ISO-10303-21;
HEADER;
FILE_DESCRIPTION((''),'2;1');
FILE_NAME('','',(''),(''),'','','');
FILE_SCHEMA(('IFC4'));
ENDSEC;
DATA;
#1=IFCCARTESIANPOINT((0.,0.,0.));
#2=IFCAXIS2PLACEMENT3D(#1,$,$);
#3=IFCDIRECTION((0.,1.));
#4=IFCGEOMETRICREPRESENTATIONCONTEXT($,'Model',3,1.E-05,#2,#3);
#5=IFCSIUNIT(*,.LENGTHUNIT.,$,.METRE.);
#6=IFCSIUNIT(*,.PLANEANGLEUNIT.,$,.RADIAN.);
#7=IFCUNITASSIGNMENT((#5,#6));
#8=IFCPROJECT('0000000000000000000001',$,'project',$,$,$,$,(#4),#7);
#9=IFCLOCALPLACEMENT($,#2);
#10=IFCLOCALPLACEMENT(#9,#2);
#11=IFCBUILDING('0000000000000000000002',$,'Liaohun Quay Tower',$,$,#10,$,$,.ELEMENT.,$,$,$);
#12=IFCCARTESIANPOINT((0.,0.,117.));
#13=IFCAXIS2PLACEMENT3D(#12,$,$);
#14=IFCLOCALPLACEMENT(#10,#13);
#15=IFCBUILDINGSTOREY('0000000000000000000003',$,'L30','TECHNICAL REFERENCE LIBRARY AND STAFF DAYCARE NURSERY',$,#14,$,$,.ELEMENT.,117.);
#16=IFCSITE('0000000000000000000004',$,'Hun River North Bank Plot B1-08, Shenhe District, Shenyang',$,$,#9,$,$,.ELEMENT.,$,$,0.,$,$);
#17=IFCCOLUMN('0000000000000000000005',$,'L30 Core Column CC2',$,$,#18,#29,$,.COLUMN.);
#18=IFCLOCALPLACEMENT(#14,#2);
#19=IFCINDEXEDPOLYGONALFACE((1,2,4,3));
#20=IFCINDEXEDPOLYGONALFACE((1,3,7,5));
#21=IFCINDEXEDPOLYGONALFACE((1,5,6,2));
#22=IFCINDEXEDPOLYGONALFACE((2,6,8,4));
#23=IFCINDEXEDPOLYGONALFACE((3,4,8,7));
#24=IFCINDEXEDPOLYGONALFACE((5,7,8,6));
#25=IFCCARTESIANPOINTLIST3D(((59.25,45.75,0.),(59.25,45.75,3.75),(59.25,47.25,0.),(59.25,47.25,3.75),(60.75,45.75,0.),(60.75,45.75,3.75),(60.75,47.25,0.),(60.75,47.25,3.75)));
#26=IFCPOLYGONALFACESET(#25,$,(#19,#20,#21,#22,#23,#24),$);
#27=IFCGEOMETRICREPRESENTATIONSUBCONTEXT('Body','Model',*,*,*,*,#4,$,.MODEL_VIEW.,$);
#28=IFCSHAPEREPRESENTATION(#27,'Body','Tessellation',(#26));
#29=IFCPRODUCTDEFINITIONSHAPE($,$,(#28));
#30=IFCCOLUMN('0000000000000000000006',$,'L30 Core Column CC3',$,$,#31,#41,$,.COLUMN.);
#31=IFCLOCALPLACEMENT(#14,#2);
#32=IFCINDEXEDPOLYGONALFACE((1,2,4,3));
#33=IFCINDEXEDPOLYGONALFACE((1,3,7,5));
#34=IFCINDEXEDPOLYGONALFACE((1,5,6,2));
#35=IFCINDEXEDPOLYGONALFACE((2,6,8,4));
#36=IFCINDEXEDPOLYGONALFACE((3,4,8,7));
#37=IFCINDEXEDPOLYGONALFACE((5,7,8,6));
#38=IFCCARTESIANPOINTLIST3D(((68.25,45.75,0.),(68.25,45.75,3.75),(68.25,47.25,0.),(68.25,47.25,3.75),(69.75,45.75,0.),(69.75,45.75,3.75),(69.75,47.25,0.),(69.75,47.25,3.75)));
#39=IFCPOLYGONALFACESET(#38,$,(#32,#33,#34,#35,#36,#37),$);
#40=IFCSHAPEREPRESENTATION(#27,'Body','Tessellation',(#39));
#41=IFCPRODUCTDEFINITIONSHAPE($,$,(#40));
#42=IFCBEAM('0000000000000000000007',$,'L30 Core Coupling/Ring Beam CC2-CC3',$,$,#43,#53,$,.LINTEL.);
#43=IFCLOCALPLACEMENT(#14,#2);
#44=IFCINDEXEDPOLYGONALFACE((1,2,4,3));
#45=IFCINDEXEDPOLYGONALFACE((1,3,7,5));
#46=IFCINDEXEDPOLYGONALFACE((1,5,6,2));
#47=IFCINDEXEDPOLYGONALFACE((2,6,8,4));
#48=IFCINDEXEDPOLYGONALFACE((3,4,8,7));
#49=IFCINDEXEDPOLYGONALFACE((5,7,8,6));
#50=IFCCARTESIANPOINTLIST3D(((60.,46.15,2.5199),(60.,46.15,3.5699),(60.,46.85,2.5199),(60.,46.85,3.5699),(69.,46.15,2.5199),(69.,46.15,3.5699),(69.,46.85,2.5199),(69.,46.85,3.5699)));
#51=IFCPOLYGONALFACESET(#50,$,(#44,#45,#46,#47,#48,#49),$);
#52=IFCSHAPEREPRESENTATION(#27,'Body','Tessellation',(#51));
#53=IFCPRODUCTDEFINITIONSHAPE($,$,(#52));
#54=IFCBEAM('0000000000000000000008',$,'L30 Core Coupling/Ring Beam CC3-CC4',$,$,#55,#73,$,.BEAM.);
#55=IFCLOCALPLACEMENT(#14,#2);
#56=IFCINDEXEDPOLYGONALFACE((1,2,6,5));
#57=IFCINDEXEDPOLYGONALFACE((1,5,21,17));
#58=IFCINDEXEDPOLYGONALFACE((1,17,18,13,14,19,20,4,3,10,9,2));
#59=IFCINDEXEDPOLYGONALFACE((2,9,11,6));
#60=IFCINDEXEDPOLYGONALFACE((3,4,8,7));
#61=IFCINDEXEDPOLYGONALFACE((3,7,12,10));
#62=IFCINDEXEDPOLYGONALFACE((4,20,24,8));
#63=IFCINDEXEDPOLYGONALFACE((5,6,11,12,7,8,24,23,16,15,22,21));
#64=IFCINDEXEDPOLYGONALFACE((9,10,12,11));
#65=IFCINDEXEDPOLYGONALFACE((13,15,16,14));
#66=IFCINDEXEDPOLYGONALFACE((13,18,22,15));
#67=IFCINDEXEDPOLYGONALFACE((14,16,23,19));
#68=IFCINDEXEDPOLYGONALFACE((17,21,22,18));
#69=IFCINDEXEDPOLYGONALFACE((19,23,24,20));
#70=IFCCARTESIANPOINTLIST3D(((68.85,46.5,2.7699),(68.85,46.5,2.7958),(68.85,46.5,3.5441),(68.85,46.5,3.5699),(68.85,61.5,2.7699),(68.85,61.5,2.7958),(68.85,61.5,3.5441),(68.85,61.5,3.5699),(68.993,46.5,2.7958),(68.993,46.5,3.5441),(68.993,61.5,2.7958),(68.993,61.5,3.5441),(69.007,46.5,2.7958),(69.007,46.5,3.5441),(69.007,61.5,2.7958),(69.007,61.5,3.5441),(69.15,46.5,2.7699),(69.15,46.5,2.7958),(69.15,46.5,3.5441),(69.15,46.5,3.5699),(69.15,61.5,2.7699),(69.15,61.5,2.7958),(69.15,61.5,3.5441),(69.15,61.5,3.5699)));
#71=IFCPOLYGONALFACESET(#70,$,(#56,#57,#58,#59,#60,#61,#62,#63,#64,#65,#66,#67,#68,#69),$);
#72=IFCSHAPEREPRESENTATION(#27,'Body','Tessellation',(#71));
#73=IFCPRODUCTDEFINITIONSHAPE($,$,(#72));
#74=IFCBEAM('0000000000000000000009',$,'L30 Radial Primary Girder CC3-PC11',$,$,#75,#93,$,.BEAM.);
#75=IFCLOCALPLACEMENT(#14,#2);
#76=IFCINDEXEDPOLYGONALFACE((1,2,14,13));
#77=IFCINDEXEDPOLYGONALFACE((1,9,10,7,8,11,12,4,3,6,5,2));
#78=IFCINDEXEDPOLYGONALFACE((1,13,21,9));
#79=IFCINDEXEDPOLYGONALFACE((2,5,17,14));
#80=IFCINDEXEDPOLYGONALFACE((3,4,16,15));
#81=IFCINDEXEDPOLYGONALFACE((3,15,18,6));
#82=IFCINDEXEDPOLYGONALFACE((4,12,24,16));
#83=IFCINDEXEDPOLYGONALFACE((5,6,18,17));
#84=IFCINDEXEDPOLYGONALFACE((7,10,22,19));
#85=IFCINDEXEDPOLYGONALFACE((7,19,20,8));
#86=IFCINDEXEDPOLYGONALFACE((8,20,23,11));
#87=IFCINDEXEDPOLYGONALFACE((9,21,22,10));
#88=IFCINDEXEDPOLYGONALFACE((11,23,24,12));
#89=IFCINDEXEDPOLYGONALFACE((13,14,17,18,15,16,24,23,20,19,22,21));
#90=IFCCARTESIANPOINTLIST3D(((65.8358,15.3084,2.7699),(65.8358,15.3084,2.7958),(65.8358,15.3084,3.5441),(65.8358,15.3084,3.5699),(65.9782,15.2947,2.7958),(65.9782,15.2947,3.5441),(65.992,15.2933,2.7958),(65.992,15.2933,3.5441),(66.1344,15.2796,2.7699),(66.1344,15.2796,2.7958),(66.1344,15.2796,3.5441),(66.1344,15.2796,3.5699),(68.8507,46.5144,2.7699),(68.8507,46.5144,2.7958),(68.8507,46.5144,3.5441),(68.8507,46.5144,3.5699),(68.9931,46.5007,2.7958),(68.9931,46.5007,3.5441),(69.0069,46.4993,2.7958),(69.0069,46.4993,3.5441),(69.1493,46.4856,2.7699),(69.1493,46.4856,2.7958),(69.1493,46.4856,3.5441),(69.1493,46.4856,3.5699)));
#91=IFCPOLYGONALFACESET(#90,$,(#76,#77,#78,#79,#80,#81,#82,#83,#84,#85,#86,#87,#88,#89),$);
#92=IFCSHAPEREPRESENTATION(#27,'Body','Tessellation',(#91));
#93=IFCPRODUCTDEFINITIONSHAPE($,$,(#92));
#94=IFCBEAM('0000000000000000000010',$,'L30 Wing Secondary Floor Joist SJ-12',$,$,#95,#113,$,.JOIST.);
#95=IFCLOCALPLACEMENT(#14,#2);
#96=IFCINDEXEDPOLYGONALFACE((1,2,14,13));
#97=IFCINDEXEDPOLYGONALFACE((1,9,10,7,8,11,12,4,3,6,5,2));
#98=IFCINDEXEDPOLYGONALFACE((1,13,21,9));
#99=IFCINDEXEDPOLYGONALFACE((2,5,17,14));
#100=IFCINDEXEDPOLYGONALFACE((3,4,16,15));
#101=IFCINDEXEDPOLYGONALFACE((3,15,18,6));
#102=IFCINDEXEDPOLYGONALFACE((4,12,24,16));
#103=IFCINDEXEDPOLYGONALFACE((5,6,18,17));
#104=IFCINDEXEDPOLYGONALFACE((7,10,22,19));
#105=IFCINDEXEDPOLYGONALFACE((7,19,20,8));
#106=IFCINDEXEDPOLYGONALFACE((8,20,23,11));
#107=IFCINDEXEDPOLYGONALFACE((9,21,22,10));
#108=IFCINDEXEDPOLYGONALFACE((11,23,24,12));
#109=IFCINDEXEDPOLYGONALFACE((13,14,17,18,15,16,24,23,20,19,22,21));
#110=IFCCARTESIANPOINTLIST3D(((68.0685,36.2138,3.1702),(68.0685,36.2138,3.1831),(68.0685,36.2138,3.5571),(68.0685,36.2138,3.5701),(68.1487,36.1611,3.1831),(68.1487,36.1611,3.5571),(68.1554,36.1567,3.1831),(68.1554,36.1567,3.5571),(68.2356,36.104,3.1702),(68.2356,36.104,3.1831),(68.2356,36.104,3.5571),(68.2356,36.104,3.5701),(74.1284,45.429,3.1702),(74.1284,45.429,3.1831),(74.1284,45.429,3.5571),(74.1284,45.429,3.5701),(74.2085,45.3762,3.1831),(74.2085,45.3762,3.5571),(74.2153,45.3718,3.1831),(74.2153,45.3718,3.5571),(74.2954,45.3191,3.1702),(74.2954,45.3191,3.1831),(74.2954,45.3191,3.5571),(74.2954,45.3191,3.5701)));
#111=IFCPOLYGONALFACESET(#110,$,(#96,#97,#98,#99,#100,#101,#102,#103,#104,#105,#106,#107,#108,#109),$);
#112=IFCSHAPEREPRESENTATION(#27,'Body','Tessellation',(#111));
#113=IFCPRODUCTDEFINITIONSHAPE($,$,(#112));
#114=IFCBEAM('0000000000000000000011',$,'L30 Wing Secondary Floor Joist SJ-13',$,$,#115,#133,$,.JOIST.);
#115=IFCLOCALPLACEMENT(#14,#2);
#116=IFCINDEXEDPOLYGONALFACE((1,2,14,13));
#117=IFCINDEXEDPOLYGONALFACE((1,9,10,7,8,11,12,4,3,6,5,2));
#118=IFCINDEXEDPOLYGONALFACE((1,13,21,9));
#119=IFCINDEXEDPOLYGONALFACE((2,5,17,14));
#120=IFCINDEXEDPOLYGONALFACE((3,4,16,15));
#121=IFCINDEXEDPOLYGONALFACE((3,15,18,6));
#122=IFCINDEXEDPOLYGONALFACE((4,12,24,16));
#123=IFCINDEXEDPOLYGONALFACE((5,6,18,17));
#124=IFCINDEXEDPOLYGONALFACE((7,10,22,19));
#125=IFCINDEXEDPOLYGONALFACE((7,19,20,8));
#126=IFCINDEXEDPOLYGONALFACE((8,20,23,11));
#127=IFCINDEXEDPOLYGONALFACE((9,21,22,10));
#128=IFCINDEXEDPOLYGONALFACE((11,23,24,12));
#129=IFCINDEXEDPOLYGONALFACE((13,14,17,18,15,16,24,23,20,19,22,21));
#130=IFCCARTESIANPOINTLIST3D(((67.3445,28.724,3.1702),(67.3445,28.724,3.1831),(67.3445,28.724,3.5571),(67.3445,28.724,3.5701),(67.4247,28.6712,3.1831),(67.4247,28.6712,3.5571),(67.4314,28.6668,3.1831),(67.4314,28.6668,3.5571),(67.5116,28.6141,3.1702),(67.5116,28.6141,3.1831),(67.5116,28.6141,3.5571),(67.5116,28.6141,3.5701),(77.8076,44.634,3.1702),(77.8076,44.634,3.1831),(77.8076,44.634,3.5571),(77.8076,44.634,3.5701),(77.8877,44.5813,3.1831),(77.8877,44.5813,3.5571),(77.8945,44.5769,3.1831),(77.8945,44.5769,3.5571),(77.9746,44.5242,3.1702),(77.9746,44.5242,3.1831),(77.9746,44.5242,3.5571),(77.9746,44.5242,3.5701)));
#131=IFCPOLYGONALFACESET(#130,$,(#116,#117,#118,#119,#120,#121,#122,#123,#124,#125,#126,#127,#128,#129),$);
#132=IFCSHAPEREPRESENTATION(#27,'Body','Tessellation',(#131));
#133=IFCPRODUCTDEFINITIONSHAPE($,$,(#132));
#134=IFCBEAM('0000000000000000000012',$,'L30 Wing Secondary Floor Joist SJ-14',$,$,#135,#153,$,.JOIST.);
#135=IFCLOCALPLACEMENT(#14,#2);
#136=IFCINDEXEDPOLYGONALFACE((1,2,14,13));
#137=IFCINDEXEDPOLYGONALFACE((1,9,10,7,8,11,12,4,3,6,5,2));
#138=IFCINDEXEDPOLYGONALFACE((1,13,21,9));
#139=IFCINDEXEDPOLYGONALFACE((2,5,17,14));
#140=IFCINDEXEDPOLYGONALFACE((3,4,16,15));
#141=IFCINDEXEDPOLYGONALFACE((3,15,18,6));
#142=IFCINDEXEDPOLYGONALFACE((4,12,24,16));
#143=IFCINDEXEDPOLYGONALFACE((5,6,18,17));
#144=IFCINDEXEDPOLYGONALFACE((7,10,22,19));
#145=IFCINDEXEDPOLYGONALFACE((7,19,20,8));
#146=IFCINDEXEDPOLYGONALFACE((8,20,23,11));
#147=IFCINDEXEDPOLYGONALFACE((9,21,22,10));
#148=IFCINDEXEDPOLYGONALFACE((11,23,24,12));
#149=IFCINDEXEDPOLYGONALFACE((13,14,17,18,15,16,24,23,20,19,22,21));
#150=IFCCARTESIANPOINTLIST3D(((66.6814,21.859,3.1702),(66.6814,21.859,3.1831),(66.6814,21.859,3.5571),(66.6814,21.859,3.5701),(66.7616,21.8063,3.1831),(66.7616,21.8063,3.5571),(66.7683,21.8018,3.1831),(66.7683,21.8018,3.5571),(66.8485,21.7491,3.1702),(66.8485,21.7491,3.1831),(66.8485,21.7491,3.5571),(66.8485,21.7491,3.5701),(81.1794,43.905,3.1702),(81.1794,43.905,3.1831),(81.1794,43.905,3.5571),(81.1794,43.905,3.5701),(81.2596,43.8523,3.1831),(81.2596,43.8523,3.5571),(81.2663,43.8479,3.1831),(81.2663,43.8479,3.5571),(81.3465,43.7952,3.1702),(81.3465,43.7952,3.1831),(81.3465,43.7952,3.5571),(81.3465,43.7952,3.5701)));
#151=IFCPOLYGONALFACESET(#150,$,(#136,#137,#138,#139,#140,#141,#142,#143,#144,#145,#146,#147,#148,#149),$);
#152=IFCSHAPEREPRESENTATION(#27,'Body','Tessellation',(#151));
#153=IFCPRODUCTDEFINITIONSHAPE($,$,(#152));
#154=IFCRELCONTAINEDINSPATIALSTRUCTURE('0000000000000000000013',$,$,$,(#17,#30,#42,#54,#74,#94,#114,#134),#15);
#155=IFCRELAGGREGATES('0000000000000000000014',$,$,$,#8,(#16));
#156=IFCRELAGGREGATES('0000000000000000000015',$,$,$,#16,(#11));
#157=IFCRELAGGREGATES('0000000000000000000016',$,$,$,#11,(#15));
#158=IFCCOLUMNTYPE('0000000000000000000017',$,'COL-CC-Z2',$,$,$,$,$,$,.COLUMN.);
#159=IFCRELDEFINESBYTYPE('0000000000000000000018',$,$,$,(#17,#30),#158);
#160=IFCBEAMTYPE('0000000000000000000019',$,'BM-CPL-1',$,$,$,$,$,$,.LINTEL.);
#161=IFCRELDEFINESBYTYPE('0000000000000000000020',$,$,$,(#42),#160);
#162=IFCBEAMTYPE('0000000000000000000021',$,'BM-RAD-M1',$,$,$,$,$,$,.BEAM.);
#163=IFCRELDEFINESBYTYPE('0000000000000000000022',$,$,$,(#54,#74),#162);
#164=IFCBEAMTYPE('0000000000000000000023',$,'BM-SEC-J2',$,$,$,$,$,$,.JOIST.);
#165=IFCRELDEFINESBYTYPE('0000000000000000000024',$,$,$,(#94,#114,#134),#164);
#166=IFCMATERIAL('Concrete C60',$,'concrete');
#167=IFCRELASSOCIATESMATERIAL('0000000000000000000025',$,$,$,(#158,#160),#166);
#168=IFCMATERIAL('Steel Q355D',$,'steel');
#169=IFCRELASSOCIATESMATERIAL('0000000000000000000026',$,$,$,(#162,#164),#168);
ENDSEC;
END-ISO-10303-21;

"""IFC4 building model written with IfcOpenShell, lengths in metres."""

from ifc_helpers import new_model, si_unit, direction, frame, origin, origin_2d, place, context, subcontext, project, spatial, rectangle, i_section, extrude, source, transform, mapped, material, material_profile, profile_set, type_object, element, save


model = new_model("IFC4")

# Units and contexts
model_context = context("Model", 3, precision=1e-05, world=origin(), true_north=direction((0.0, 1.0)))
body_context = subcontext(model_context, "Body", "Model", "MODEL_VIEW")
ifc_project = project(units=[si_unit("LENGTHUNIT", "METRE"), si_unit("PLANEANGLEUNIT", "RADIAN")], contexts=[model_context])

# Site, building, storey
site_placement = place(None, origin())
site = spatial("IfcSite", under=ifc_project, at=site_placement, Name="Hun River North Bank Plot B1-08, Shenhe District, Shenyang", CompositionType="ELEMENT", RefElevation=0.0)
building_placement = place(site_placement, origin())
building = spatial("IfcBuilding", under=site, at=building_placement, Name="Liaohun Quay Tower", CompositionType="ELEMENT")
storey_placement = place(building_placement, frame((0.0, 0.0, 117.0)))
storey = spatial("IfcBuildingStorey", under=building, at=storey_placement, Name="L30", Description="TECHNICAL REFERENCE LIBRARY AND STAFF DAYCARE NURSERY", CompositionType="ELEMENT", Elevation=117.0)

# Columns
ifc_material_1 = material(Name="Concrete C60", Category="concrete")
ifc_material_profile_1 = material_profile(ifc_material_1, rectangle(XDim=1.5, YDim=1.5, at=origin_2d()), Name="RC1500x1500")
ifc_profile_set_1 = profile_set([ifc_material_profile_1], Name="Concrete C60")
column_type = type_object("IfcColumnType", Name="COL-CC-Z2", PredefinedType="COLUMN", material=ifc_profile_set_1)
shared_shape_1 = source(origin(), body_context, "Body", "SweptSolid", [
    extrude(rectangle(XDim=1.5, YDim=1.5, at=origin_2d()), origin(), (0.0, 0.0, 1.0), 3.75),
])
for number, where, z_axis, x_axis, name in (
    (1, (60.0, 46.5, 0.0), (0.0, 0.0, 1.0), (1.0, 0.0, 0.0), "L30 Core Column CC2"),
    (2, (69.0, 46.5, 0.0), (0.0, 0.0, 1.0), (1.0, 0.0, 0.0), "L30 Core Column CC3"),
):
    element("IfcColumn", number, at=place(storey_placement, frame(where, z_axis=z_axis, x_axis=x_axis)), inside=storey, type_object=column_type, Name=name, PredefinedType="COLUMN", context=body_context, shape_type="MappedRepresentation", body=[
        mapped(shared_shape_1, transform((0.0, 0.0, 0.0), x_axis=(1.0, 0.0, 0.0), y_axis=(0.0, 1.0, 0.0), z_axis=(0.0, 0.0, 1.0), scale=1.0)),
    ])

# Beams
ifc_material_profile_2 = material_profile(ifc_material_1, rectangle(XDim=0.7, YDim=1.05, at=origin_2d()), Name="RC700x1050")
ifc_profile_set_2 = profile_set([ifc_material_profile_2], Name="Concrete C60")
beam_type_1 = type_object("IfcBeamType", Name="BM-CPL-1", PredefinedType="LINTEL", material=ifc_profile_set_2)
shared_shape_2 = source(origin(), body_context, "Body", "SweptSolid", [
    extrude(rectangle(XDim=0.7, YDim=1.05, at=origin_2d()), origin(), (0.0, 0.0, 1.0), 9.0),
])
beam_1_placement = place(storey_placement, frame((60.0, 46.5, 3.0449), z_axis=(1.0, 0.0, 0.0), x_axis=(0.0, 1.0, 0.0)))
element("IfcBeam", 3, at=beam_1_placement, inside=storey, type_object=beam_type_1, Name="L30 Core Coupling/Ring Beam CC2-CC3", PredefinedType="LINTEL", context=body_context, shape_type="MappedRepresentation", body=[
    mapped(shared_shape_2, transform((0.0, 0.0, 0.0), x_axis=(1.0, 0.0, 0.0), y_axis=(0.0, 1.0, 0.0), z_axis=(0.0, 0.0, 1.0), scale=1.0)),
])
ifc_material_2 = material(Name="Steel Q355D", Category="steel")
ifc_material_profile_3 = material_profile(ifc_material_2, i_section(OverallWidth=0.3, OverallDepth=0.8, WebThickness=0.0139, FlangeThickness=0.0259, at=origin_2d()), Name="HN800x300x14x26")
ifc_profile_set_3 = profile_set([ifc_material_profile_3], Name="Steel Q355D")
beam_type_2 = type_object("IfcBeamType", Name="BM-RAD-M1", PredefinedType="BEAM", material=ifc_profile_set_3)
shared_shape_3 = source(origin(), body_context, "Body", "SweptSolid", [
    extrude(i_section(OverallWidth=0.3, OverallDepth=0.8, WebThickness=0.0139, FlangeThickness=0.0259, at=origin_2d()), origin(), (0.0, 0.0, 1.0), 15.0),
])
beam_2_placement = place(storey_placement, frame((69.0, 46.5, 3.1699), z_axis=(0.0, 1.0, 0.0), x_axis=(-1.0, 0.0, 0.0)))
element("IfcBeam", 4, at=beam_2_placement, inside=storey, type_object=beam_type_2, Name="L30 Core Coupling/Ring Beam CC3-CC4", PredefinedType="BEAM", context=body_context, shape_type="MappedRepresentation", body=[
    mapped(shared_shape_3, transform((0.0, 0.0, 0.0), x_axis=(1.0, 0.0, 0.0), y_axis=(0.0, 1.0, 0.0), z_axis=(0.0, 0.0, 1.0), scale=1.0)),
])
shared_shape_4 = source(origin(), body_context, "Body", "SweptSolid", [
    extrude(i_section(OverallWidth=0.3, OverallDepth=0.8, WebThickness=0.0139, FlangeThickness=0.0259, at=origin_2d()), origin(), (0.0, 0.0, 1.0), 31.3513),
])
beam_3_placement = place(storey_placement, frame((69.0, 46.5, 3.1699), z_axis=(-0.096165, -0.995365, 0.0), x_axis=(0.995365, -0.096165, 0.0)))
element("IfcBeam", 5, at=beam_3_placement, inside=storey, type_object=beam_type_2, Name="L30 Radial Primary Girder CC3-PC11", PredefinedType="BEAM", context=body_context, shape_type="MappedRepresentation", body=[
    mapped(shared_shape_4, transform((0.0, 0.0, 0.0), x_axis=(1.0, 0.0, 0.0), y_axis=(0.0, 1.0, 0.0), z_axis=(0.0, 0.0, 1.0), scale=1.0)),
])
ifc_material_profile_4 = material_profile(ifc_material_2, i_section(OverallWidth=0.2, OverallDepth=0.3999, WebThickness=0.0081, FlangeThickness=0.0129, at=origin_2d()), Name="HN400x200x8x13")
ifc_profile_set_4 = profile_set([ifc_material_profile_4], Name="Steel Q355D")
beam_type_3 = type_object("IfcBeamType", Name="BM-SEC-J2", PredefinedType="JOIST", material=ifc_profile_set_4)
shared_shape_5 = source(origin(), body_context, "Body", "SweptSolid", [
    extrude(i_section(OverallWidth=0.2, OverallDepth=0.3999, WebThickness=0.0081, FlangeThickness=0.0129, at=origin_2d()), origin(), (0.0, 0.0, 1.0), 11.0291),
])
beam_4_placement = place(storey_placement, frame((74.2119, 45.374, 3.3701), z_axis=(-0.549443, -0.835531, 0.0), x_axis=(0.835531, -0.549443, 0.0)))
element("IfcBeam", 6, at=beam_4_placement, inside=storey, type_object=beam_type_3, Name="L30 Wing Secondary Floor Joist SJ-12", PredefinedType="JOIST", context=body_context, shape_type="MappedRepresentation", body=[
    mapped(shared_shape_5, transform((0.0, 0.0, 0.0), x_axis=(1.0, 0.0, 0.0), y_axis=(0.0, 1.0, 0.0), z_axis=(0.0, 0.0, 1.0), scale=1.0)),
])
shared_shape_6 = source(origin(), body_context, "Body", "SweptSolid", [
    extrude(i_section(OverallWidth=0.2, OverallDepth=0.3999, WebThickness=0.0081, FlangeThickness=0.0129, at=origin_2d()), origin(), (0.0, 0.0, 1.0), 19.0422),
])
beam_5_placement = place(storey_placement, frame((77.8911, 44.5791, 3.3701), z_axis=(-0.549467, -0.835515, 0.0), x_axis=(0.835515, -0.549467, 0.0)))
element("IfcBeam", 7, at=beam_5_placement, inside=storey, type_object=beam_type_3, Name="L30 Wing Secondary Floor Joist SJ-13", PredefinedType="JOIST", context=body_context, shape_type="MappedRepresentation", body=[
    mapped(shared_shape_6, transform((0.0, 0.0, 0.0), x_axis=(1.0, 0.0, 0.0), y_axis=(0.0, 1.0, 0.0), z_axis=(0.0, 0.0, 1.0), scale=1.0)),
])
shared_shape_7 = source(origin(), body_context, "Body", "SweptSolid", [
    extrude(i_section(OverallWidth=0.2, OverallDepth=0.3999, WebThickness=0.0081, FlangeThickness=0.0129, at=origin_2d()), origin(), (0.0, 0.0, 1.0), 26.386),
])
beam_6_placement = place(storey_placement, frame((81.2629, 43.8501, 3.3701), z_axis=(-0.549458, -0.835521, 0.0), x_axis=(0.835521, -0.549458, 0.0)))
element("IfcBeam", 8, at=beam_6_placement, inside=storey, type_object=beam_type_3, Name="L30 Wing Secondary Floor Joist SJ-14", PredefinedType="JOIST", context=body_context, shape_type="MappedRepresentation", body=[
    mapped(shared_shape_7, transform((0.0, 0.0, 0.0), x_axis=(1.0, 0.0, 0.0), y_axis=(0.0, 1.0, 0.0), z_axis=(0.0, 0.0, 1.0), scale=1.0)),
])

save(model, "model.ifc")
